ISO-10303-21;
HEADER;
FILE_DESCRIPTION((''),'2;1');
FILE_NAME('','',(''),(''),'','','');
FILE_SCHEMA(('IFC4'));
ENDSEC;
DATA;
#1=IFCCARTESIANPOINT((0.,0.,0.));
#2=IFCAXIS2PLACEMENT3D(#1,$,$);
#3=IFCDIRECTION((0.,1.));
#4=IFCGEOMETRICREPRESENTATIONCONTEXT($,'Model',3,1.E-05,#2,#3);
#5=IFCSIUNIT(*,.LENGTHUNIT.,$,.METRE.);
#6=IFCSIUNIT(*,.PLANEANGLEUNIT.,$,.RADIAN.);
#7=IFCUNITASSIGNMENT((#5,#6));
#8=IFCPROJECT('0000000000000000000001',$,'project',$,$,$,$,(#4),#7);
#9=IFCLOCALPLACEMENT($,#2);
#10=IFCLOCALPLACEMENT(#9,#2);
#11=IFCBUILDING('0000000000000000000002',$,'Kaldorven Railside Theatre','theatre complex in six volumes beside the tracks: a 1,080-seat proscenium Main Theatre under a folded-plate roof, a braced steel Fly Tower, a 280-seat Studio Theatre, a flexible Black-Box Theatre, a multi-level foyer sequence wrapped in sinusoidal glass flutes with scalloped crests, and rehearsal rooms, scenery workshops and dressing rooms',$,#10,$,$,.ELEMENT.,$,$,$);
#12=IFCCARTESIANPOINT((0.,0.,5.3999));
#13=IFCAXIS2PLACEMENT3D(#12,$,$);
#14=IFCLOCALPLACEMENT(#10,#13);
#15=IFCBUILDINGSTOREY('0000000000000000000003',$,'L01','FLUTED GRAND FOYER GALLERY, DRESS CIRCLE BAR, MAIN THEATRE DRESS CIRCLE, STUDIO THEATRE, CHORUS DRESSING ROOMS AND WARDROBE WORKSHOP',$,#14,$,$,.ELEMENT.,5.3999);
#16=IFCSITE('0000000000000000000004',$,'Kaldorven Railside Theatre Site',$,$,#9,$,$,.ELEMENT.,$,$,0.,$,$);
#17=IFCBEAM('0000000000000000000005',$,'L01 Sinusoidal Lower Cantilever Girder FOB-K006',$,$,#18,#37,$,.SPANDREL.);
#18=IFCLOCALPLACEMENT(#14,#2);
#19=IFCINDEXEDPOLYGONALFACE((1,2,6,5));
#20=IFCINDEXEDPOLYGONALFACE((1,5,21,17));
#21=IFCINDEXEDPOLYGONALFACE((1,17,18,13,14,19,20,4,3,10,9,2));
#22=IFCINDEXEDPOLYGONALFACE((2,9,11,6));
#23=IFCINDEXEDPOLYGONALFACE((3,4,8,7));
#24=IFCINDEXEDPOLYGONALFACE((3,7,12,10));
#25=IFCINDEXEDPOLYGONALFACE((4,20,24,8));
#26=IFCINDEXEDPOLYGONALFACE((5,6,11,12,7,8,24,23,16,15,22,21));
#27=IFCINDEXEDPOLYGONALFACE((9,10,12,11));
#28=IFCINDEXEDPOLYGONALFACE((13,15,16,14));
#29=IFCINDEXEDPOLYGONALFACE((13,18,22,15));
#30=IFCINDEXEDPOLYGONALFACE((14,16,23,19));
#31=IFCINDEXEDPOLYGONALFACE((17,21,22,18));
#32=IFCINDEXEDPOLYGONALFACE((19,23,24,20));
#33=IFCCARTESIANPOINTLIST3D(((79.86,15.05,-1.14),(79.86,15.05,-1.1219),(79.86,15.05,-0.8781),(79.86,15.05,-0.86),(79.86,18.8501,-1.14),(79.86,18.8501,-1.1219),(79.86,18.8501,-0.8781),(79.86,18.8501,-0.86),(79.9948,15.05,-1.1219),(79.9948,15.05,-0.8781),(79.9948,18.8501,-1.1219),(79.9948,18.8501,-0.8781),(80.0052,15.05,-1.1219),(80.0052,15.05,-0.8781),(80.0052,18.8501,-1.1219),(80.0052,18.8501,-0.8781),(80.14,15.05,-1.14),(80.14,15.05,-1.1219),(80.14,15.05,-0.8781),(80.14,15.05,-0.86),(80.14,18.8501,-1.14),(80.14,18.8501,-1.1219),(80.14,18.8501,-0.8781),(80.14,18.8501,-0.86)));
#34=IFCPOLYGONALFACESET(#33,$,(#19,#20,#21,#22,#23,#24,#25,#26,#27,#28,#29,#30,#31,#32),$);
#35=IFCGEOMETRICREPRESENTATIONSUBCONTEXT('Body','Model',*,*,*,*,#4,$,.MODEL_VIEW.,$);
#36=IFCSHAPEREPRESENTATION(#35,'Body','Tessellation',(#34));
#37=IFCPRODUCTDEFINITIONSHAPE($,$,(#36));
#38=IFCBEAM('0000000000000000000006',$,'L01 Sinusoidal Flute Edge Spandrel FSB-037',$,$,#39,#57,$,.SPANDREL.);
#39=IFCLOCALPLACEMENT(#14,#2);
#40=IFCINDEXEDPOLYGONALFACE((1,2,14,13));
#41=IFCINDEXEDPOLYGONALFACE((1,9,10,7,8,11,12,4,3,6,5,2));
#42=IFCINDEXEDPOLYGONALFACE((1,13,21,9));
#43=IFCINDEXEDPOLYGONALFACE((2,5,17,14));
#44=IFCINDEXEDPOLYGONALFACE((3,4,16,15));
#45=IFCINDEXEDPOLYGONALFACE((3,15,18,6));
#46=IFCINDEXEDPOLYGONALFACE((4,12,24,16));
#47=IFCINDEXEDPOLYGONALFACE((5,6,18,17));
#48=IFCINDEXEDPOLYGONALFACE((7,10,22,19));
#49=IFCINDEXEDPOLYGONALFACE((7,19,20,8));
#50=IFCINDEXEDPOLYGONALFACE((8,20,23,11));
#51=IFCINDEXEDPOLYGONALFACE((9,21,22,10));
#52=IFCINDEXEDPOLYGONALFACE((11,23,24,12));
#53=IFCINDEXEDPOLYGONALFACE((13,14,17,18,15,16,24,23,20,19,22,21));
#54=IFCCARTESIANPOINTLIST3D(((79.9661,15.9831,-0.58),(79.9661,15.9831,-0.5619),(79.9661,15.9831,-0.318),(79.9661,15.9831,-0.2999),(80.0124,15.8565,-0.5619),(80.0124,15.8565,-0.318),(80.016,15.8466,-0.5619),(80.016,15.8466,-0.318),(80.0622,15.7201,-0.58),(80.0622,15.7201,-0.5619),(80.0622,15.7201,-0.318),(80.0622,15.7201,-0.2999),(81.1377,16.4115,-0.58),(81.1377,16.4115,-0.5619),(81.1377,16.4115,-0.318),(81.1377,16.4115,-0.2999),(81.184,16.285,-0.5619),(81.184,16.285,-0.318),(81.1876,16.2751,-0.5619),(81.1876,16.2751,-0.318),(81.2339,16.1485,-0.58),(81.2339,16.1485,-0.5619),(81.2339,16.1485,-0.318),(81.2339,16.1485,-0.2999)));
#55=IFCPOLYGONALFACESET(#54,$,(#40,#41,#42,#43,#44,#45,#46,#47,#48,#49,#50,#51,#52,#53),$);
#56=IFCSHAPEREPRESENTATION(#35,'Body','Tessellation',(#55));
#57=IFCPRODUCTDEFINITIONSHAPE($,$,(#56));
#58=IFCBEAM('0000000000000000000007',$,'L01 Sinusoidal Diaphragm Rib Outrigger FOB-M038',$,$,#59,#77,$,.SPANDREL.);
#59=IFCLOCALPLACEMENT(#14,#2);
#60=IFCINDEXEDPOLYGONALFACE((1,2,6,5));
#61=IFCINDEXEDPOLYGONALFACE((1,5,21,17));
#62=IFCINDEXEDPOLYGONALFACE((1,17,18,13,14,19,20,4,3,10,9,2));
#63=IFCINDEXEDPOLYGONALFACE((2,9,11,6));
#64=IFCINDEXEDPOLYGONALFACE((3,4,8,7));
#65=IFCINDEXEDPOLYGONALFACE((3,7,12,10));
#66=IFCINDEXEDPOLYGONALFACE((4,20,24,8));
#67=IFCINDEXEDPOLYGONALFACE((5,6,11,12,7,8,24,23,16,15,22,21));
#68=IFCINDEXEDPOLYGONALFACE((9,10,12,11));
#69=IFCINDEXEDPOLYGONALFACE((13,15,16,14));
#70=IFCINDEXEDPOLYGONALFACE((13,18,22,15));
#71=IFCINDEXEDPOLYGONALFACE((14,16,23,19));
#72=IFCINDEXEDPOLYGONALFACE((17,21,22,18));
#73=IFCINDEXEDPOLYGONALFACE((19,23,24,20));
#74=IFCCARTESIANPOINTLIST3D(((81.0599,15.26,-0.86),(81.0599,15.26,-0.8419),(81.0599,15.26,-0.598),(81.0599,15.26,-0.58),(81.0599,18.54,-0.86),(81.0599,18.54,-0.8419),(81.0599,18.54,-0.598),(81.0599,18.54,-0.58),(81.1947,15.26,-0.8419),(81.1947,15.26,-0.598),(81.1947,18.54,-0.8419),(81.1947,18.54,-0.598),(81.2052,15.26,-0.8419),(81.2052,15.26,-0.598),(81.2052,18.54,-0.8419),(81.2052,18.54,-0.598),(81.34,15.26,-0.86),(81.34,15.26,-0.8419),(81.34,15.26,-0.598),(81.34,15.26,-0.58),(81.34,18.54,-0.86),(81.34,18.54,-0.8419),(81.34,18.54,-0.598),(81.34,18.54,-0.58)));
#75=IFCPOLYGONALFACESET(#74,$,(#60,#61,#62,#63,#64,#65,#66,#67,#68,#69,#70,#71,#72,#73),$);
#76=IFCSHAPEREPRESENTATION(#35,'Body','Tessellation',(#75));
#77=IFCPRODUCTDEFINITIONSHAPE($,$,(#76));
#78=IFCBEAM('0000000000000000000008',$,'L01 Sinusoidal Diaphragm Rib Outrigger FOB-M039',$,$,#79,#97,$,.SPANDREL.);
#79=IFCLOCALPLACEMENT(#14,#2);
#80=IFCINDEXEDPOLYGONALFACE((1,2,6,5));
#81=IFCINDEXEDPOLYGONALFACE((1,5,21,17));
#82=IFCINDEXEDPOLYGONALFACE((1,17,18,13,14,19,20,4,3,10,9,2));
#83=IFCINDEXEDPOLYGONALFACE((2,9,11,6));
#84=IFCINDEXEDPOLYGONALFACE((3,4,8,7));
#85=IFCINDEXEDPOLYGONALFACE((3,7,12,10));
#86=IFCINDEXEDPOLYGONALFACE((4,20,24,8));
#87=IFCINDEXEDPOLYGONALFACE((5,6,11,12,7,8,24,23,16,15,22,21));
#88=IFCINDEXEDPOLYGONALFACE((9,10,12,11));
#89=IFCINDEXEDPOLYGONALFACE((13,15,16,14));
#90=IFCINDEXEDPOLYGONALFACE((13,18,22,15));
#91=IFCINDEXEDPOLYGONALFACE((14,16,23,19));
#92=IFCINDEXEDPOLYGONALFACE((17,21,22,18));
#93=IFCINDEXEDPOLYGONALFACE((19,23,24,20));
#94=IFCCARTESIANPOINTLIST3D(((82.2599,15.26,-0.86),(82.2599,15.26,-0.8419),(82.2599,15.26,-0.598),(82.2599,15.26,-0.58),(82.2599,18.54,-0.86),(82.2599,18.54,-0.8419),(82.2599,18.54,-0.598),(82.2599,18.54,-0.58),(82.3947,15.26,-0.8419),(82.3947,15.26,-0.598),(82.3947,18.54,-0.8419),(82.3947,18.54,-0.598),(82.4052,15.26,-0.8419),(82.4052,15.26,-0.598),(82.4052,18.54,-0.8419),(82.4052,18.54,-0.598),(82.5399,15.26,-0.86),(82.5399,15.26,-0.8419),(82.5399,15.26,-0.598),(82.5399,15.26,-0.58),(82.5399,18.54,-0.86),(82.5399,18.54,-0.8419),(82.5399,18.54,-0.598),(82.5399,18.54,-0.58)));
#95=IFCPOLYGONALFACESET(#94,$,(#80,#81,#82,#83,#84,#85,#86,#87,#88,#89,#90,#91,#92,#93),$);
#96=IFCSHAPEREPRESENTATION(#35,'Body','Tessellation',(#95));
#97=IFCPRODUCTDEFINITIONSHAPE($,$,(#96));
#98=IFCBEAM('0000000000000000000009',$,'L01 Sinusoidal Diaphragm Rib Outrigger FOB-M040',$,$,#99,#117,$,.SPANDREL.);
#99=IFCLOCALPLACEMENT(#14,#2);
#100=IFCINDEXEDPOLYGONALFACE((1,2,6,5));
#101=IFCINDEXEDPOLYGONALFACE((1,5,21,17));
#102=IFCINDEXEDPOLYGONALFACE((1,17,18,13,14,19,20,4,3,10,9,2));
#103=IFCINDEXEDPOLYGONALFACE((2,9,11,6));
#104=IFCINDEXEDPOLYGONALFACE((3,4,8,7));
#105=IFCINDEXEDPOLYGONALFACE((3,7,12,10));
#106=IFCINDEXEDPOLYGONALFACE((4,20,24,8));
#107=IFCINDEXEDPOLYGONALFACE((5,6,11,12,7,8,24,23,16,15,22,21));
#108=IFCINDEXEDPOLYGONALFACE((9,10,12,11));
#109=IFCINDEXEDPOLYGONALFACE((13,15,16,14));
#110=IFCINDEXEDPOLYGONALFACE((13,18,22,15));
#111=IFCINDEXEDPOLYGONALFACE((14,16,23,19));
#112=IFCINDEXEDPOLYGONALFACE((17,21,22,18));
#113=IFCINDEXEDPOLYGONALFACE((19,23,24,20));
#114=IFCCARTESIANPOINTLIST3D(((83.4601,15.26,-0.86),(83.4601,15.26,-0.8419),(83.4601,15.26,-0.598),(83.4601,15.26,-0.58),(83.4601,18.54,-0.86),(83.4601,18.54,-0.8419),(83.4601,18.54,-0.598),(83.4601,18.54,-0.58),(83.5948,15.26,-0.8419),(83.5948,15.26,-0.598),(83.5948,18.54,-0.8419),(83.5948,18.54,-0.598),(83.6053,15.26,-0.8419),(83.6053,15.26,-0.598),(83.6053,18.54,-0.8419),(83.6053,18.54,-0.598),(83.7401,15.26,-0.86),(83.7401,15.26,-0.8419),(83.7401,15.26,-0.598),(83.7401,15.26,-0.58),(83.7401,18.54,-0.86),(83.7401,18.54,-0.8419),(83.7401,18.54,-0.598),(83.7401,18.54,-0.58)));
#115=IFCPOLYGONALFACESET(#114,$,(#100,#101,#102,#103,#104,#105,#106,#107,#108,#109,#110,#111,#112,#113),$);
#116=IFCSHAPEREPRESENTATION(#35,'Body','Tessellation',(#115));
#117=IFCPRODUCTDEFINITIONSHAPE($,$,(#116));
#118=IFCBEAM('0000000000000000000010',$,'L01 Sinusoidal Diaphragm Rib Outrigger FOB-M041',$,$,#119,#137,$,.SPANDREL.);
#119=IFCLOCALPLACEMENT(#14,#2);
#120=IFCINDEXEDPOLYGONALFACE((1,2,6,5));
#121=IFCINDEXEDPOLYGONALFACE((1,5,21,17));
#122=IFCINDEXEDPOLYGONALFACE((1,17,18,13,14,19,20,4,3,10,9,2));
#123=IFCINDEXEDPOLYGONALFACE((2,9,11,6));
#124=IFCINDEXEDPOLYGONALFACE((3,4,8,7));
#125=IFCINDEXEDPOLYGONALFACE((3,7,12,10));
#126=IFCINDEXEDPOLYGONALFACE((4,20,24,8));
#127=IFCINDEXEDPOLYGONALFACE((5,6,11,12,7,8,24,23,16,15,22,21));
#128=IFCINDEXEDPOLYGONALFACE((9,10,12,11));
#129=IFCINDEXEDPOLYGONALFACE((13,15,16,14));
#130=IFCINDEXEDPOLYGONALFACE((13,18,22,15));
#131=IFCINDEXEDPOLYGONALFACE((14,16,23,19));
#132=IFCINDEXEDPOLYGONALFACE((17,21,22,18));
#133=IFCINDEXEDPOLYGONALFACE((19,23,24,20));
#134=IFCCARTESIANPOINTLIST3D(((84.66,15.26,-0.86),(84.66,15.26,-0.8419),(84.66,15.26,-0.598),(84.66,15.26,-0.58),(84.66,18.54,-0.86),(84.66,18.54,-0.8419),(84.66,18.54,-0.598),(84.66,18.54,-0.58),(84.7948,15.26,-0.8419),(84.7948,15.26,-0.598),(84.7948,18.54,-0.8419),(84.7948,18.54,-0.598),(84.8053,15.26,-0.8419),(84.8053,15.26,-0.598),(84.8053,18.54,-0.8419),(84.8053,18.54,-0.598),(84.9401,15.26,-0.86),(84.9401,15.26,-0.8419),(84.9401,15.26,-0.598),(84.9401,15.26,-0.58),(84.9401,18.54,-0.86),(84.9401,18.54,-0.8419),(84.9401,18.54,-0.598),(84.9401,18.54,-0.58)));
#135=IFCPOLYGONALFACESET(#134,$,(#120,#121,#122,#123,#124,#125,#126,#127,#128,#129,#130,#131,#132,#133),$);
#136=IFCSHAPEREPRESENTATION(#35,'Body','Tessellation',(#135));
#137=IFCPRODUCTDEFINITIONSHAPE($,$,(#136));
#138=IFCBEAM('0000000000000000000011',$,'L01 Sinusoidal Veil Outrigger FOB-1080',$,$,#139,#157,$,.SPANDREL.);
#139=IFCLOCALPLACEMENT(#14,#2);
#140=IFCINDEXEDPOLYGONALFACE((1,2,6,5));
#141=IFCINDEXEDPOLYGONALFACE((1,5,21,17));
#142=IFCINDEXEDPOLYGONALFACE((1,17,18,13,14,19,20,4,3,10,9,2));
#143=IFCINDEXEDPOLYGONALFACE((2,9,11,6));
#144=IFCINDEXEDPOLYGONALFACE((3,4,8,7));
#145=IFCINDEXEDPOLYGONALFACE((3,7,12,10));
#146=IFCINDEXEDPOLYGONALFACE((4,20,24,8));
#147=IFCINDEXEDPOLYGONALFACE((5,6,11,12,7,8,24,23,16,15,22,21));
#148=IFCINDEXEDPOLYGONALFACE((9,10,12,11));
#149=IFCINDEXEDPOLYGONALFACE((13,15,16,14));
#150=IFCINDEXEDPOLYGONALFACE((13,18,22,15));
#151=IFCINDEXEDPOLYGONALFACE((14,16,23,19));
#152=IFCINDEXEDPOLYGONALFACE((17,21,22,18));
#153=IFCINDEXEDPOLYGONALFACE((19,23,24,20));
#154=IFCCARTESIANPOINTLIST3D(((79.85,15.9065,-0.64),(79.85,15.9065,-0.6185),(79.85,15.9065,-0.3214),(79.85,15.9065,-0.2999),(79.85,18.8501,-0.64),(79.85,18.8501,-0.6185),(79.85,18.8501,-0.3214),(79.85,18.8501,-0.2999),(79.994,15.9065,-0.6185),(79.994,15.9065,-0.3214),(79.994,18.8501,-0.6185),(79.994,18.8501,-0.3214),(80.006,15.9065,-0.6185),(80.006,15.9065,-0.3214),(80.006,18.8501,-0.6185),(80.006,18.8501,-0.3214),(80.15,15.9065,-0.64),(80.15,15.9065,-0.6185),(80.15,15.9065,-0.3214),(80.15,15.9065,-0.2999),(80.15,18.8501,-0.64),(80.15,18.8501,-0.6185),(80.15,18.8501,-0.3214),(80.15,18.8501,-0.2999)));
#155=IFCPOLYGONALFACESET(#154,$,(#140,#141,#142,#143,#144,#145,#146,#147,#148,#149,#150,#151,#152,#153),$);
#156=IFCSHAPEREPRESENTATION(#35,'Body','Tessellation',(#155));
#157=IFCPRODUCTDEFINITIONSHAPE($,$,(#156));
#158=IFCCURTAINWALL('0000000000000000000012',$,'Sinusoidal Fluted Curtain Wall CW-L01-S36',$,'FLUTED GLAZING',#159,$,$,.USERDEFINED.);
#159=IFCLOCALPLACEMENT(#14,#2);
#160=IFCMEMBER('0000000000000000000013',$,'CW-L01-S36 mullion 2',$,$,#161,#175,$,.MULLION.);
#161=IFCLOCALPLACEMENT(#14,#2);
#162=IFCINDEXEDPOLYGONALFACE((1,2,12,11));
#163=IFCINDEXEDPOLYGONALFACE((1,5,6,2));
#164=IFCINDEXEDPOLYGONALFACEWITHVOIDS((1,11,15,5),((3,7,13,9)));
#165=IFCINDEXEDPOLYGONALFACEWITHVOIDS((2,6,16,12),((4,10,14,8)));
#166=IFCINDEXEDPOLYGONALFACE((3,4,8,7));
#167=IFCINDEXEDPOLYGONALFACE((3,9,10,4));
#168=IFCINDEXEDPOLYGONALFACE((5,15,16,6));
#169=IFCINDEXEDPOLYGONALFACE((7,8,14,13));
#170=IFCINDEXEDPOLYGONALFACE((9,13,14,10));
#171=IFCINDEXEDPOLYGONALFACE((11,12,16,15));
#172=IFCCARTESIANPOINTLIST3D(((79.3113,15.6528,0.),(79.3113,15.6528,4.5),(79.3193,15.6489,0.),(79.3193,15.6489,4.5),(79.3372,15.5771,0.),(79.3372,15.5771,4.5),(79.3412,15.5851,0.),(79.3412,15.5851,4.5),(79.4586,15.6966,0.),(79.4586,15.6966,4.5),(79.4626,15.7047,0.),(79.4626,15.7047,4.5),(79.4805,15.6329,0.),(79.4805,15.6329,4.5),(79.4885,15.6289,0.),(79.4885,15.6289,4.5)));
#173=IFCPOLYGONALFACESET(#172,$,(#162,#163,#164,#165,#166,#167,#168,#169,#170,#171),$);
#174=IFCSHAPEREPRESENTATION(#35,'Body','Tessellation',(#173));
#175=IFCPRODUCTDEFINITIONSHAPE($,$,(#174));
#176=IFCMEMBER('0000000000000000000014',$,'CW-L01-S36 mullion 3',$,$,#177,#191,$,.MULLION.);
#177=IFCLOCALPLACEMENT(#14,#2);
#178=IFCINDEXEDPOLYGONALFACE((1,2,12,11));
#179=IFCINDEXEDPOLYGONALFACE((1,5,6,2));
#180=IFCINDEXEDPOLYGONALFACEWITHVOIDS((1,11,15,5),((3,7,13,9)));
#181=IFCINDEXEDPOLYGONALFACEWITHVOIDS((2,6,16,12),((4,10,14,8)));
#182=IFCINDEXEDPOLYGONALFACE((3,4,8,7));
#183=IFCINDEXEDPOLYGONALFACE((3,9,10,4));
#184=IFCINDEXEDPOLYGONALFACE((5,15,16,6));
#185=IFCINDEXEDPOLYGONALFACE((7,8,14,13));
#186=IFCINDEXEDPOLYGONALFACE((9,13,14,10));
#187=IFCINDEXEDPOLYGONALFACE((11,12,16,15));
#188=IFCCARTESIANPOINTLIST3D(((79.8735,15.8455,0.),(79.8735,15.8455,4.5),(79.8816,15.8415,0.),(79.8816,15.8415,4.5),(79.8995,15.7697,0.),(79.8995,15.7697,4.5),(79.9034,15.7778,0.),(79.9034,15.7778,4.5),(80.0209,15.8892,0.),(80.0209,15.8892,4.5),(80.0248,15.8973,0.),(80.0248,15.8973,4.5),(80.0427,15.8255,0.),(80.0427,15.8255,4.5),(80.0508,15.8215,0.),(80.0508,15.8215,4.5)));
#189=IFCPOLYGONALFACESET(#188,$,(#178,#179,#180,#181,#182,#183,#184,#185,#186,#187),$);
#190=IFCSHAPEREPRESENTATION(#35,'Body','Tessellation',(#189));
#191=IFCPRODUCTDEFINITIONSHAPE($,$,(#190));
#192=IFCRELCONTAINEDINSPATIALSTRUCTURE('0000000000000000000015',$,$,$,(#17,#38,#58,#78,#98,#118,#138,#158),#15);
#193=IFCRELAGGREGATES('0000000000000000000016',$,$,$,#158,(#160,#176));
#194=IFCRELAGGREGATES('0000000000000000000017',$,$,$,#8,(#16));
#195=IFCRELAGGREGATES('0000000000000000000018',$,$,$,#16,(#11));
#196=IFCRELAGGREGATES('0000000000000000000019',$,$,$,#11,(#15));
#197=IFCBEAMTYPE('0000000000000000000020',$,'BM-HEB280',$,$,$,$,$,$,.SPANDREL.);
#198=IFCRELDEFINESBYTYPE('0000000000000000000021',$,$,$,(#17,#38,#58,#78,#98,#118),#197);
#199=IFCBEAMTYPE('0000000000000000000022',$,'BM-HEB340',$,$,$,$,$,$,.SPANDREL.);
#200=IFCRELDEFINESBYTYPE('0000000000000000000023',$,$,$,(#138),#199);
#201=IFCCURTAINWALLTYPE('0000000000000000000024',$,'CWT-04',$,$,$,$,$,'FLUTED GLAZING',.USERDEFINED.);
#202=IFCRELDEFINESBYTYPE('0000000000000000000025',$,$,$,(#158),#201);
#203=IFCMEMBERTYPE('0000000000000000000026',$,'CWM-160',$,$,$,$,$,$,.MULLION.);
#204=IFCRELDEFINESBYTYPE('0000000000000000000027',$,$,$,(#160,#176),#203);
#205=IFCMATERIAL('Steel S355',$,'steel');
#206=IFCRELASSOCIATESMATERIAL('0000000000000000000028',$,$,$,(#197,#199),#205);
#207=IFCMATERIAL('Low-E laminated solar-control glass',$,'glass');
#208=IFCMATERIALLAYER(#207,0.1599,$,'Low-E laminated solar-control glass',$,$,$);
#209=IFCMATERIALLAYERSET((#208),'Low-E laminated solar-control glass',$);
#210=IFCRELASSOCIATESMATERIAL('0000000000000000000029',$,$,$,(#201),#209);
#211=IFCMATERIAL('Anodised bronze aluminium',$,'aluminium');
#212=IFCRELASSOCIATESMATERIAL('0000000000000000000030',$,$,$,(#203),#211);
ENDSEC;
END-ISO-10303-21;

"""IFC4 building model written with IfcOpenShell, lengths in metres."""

from ifc_helpers import new_model, si_unit, direction, frame, origin, origin_2d, place, context, subcontext, project, spatial, hollow_rectangle, i_section, extrude, material, layer, layer_set, material_profile, profile_set, type_object, element, aggregate, save


model = new_model("IFC4")

# Units and contexts
model_context = context("Model", 3, precision=1e-05, world=origin(), true_north=direction((0.0, 1.0)))
body_context = subcontext(model_context, "Body", "Model", "MODEL_VIEW")
ifc_project = project(units=[si_unit("LENGTHUNIT", "METRE"), si_unit("PLANEANGLEUNIT", "RADIAN")], contexts=[model_context])

# Site, building, storey
site_placement = place(None, origin())
site = spatial("IfcSite", under=ifc_project, at=site_placement, Name="Kaldorven Railside Theatre Site", CompositionType="ELEMENT", RefElevation=0.0)
building_placement = place(site_placement, origin())
building = spatial("IfcBuilding", under=site, at=building_placement, Name="Kaldorven Railside Theatre", Description="theatre complex in six volumes beside the tracks: a 1,080-seat proscenium Main Theatre under a folded-plate roof, a braced steel Fly Tower, a 280-seat Studio Theatre, a flexible Black-Box Theatre, a multi-level foyer sequence wrapped in sinusoidal glass flutes with scalloped crests, and rehearsal rooms, scenery workshops and dressing rooms", CompositionType="ELEMENT")
storey_placement = place(building_placement, frame((0.0, 0.0, 5.3999)))
storey = spatial("IfcBuildingStorey", under=building, at=storey_placement, Name="L01", Description="FLUTED GRAND FOYER GALLERY, DRESS CIRCLE BAR, MAIN THEATRE DRESS CIRCLE, STUDIO THEATRE, CHORUS DRESSING ROOMS AND WARDROBE WORKSHOP", CompositionType="ELEMENT", Elevation=5.3999)

# Beams
ifc_material_1 = material(Name="Steel S355", Category="steel")
ifc_material_profile_1 = material_profile(ifc_material_1, i_section(OverallWidth=0.28, OverallDepth=0.28, WebThickness=0.0105, FlangeThickness=0.0181, at=origin_2d()), Name="HEB 280")
ifc_profile_set_1 = profile_set([ifc_material_profile_1], Name="Steel S355")
beam_type_1 = type_object("IfcBeamType", Name="BM-HEB280", PredefinedType="SPANDREL", material=ifc_profile_set_1)
beam_1_placement = place(storey_placement, frame((80.0, 15.05, -1.0), z_axis=(0.0, 1.0, 0.0), x_axis=(-1.0, 0.0, 0.0)))
element("IfcBeam", 1, at=beam_1_placement, inside=storey, type_object=beam_type_1, Name="L01 Sinusoidal Lower Cantilever Girder FOB-K006", PredefinedType="SPANDREL", context=body_context, shape_type="SweptSolid", body=[
    extrude(i_section(OverallWidth=0.28, OverallDepth=0.28, WebThickness=0.0105, FlangeThickness=0.0181, at=origin_2d()), origin(), (0.0, 0.0, 1.0), 3.8),
])
beam_2_placement = place(storey_placement, frame((80.0142, 15.8516, -0.4399), z_axis=(0.939169, 0.343455, 0.0), x_axis=(-0.343455, 0.939169, 0.0)))
element("IfcBeam", 2, at=beam_2_placement, inside=storey, type_object=beam_type_1, Name="L01 Sinusoidal Flute Edge Spandrel FSB-037", PredefinedType="SPANDREL", context=body_context, shape_type="SweptSolid", body=[
    extrude(i_section(OverallWidth=0.28, OverallDepth=0.28, WebThickness=0.0105, FlangeThickness=0.0181, at=origin_2d()), origin(), (0.0, 0.0, 1.0), 1.2476),
])
for number, where, z_axis, x_axis, name in (
    (3, (81.2, 15.26, -0.72), (0.0, 1.0, 0.0), (-1.0, 0.0, 0.0), "L01 Sinusoidal Diaphragm Rib Outrigger FOB-M038"),
    (4, (82.3999, 15.26, -0.72), (0.0, 1.0, 0.0), (-1.0, 0.0, 0.0), "L01 Sinusoidal Diaphragm Rib Outrigger FOB-M039"),
    (5, (83.6001, 15.26, -0.72), (0.0, 1.0, 0.0), (-1.0, 0.0, 0.0), "L01 Sinusoidal Diaphragm Rib Outrigger FOB-M040"),
    (6, (84.8, 15.26, -0.72), (0.0, 1.0, 0.0), (-1.0, 0.0, 0.0), "L01 Sinusoidal Diaphragm Rib Outrigger FOB-M041"),
):
    element("IfcBeam", number, at=place(storey_placement, frame(where, z_axis=z_axis, x_axis=x_axis)), inside=storey, type_object=beam_type_1, Name=name, PredefinedType="SPANDREL", context=body_context, shape_type="SweptSolid", body=[
        extrude(i_section(OverallWidth=0.28, OverallDepth=0.28, WebThickness=0.0105, FlangeThickness=0.0181, at=origin_2d()), origin(), (0.0, 0.0, 1.0), 3.28),
    ])
ifc_material_profile_2 = material_profile(ifc_material_1, i_section(OverallWidth=0.3, OverallDepth=0.3401, WebThickness=0.012, FlangeThickness=0.0215, at=origin_2d()), Name="HEB 340")
ifc_profile_set_2 = profile_set([ifc_material_profile_2], Name="Steel S355")
beam_type_2 = type_object("IfcBeamType", Name="BM-HEB340", PredefinedType="SPANDREL", material=ifc_profile_set_2)
beam_3_placement = place(storey_placement, frame((80.0, 15.9065, -0.47), z_axis=(0.0, 1.0, 0.0), x_axis=(-1.0, 0.0, 0.0)))
element("IfcBeam", 7, at=beam_3_placement, inside=storey, type_object=beam_type_2, Name="L01 Sinusoidal Veil Outrigger FOB-1080", PredefinedType="SPANDREL", context=body_context, shape_type="SweptSolid", body=[
    extrude(i_section(OverallWidth=0.3, OverallDepth=0.3401, WebThickness=0.012, FlangeThickness=0.0215, at=origin_2d()), origin(), (0.0, 0.0, 1.0), 2.9436),
])

# Curtain wall, members
ifc_material_2 = material(Name="Low-E laminated solar-control glass", Category="glass")
ifc_layer_1 = layer(ifc_material_2, 0.1599, Name="Low-E laminated solar-control glass")
ifc_layer_set_1 = layer_set([ifc_layer_1], Name="Low-E laminated solar-control glass")
curtain_wall_type_1 = type_object("IfcCurtainWallType", Name="CWT-04", ElementType="FLUTED GLAZING", PredefinedType="USERDEFINED", material=ifc_layer_set_1)
curtain_wall_1_placement = place(storey_placement, origin())
curtain_wall_1 = element("IfcCurtainWall", 8, at=curtain_wall_1_placement, inside=storey, type_object=curtain_wall_type_1, Name="Sinusoidal Fluted Curtain Wall CW-L01-S36", ObjectType="FLUTED GLAZING", PredefinedType="USERDEFINED")
ifc_material_3 = material(Name="Anodised bronze aluminium", Category="aluminium")
ifc_material_profile_3 = material_profile(ifc_material_3, hollow_rectangle(XDim=0.0801, YDim=0.1599, WallThickness=0.0063, at=origin_2d()), Name="RHS 160x80x6.3")
ifc_profile_set_3 = profile_set([ifc_material_profile_3], Name="Anodised bronze aluminium")
member_type_1 = type_object("IfcMemberType", Name="CWM-160", PredefinedType="MULLION", material=ifc_profile_set_3)
member_1_placement = place(storey_placement, frame((79.3999, 15.6409, 0.0), z_axis=(0.0, 0.0, 1.0), x_axis=(-0.324093, 0.946025, 0.0)))
member_1 = element("IfcMember", 9, at=member_1_placement, type_object=member_type_1, Name="CW-L01-S36 mullion 2", PredefinedType="MULLION", context=body_context, shape_type="SweptSolid", body=[
    extrude(hollow_rectangle(XDim=0.0801, YDim=0.1599, WallThickness=0.0063, at=origin_2d()), origin(), (0.0, 0.0, 1.0), 4.5),
])
member_2_placement = place(storey_placement, frame((79.9622, 15.8335, 0.0), z_axis=(0.0, 0.0, 1.0), x_axis=(-0.324093, 0.946025, 0.0)))
member_2 = element("IfcMember", 10, at=member_2_placement, type_object=member_type_1, Name="CW-L01-S36 mullion 3", PredefinedType="MULLION", context=body_context, shape_type="SweptSolid", body=[
    extrude(hollow_rectangle(XDim=0.0801, YDim=0.1599, WallThickness=0.0063, at=origin_2d()), origin(), (0.0, 0.0, 1.0), 4.5),
])

aggregate(curtain_wall_1, [member_1, member_2])

save(model, "model.ifc")
